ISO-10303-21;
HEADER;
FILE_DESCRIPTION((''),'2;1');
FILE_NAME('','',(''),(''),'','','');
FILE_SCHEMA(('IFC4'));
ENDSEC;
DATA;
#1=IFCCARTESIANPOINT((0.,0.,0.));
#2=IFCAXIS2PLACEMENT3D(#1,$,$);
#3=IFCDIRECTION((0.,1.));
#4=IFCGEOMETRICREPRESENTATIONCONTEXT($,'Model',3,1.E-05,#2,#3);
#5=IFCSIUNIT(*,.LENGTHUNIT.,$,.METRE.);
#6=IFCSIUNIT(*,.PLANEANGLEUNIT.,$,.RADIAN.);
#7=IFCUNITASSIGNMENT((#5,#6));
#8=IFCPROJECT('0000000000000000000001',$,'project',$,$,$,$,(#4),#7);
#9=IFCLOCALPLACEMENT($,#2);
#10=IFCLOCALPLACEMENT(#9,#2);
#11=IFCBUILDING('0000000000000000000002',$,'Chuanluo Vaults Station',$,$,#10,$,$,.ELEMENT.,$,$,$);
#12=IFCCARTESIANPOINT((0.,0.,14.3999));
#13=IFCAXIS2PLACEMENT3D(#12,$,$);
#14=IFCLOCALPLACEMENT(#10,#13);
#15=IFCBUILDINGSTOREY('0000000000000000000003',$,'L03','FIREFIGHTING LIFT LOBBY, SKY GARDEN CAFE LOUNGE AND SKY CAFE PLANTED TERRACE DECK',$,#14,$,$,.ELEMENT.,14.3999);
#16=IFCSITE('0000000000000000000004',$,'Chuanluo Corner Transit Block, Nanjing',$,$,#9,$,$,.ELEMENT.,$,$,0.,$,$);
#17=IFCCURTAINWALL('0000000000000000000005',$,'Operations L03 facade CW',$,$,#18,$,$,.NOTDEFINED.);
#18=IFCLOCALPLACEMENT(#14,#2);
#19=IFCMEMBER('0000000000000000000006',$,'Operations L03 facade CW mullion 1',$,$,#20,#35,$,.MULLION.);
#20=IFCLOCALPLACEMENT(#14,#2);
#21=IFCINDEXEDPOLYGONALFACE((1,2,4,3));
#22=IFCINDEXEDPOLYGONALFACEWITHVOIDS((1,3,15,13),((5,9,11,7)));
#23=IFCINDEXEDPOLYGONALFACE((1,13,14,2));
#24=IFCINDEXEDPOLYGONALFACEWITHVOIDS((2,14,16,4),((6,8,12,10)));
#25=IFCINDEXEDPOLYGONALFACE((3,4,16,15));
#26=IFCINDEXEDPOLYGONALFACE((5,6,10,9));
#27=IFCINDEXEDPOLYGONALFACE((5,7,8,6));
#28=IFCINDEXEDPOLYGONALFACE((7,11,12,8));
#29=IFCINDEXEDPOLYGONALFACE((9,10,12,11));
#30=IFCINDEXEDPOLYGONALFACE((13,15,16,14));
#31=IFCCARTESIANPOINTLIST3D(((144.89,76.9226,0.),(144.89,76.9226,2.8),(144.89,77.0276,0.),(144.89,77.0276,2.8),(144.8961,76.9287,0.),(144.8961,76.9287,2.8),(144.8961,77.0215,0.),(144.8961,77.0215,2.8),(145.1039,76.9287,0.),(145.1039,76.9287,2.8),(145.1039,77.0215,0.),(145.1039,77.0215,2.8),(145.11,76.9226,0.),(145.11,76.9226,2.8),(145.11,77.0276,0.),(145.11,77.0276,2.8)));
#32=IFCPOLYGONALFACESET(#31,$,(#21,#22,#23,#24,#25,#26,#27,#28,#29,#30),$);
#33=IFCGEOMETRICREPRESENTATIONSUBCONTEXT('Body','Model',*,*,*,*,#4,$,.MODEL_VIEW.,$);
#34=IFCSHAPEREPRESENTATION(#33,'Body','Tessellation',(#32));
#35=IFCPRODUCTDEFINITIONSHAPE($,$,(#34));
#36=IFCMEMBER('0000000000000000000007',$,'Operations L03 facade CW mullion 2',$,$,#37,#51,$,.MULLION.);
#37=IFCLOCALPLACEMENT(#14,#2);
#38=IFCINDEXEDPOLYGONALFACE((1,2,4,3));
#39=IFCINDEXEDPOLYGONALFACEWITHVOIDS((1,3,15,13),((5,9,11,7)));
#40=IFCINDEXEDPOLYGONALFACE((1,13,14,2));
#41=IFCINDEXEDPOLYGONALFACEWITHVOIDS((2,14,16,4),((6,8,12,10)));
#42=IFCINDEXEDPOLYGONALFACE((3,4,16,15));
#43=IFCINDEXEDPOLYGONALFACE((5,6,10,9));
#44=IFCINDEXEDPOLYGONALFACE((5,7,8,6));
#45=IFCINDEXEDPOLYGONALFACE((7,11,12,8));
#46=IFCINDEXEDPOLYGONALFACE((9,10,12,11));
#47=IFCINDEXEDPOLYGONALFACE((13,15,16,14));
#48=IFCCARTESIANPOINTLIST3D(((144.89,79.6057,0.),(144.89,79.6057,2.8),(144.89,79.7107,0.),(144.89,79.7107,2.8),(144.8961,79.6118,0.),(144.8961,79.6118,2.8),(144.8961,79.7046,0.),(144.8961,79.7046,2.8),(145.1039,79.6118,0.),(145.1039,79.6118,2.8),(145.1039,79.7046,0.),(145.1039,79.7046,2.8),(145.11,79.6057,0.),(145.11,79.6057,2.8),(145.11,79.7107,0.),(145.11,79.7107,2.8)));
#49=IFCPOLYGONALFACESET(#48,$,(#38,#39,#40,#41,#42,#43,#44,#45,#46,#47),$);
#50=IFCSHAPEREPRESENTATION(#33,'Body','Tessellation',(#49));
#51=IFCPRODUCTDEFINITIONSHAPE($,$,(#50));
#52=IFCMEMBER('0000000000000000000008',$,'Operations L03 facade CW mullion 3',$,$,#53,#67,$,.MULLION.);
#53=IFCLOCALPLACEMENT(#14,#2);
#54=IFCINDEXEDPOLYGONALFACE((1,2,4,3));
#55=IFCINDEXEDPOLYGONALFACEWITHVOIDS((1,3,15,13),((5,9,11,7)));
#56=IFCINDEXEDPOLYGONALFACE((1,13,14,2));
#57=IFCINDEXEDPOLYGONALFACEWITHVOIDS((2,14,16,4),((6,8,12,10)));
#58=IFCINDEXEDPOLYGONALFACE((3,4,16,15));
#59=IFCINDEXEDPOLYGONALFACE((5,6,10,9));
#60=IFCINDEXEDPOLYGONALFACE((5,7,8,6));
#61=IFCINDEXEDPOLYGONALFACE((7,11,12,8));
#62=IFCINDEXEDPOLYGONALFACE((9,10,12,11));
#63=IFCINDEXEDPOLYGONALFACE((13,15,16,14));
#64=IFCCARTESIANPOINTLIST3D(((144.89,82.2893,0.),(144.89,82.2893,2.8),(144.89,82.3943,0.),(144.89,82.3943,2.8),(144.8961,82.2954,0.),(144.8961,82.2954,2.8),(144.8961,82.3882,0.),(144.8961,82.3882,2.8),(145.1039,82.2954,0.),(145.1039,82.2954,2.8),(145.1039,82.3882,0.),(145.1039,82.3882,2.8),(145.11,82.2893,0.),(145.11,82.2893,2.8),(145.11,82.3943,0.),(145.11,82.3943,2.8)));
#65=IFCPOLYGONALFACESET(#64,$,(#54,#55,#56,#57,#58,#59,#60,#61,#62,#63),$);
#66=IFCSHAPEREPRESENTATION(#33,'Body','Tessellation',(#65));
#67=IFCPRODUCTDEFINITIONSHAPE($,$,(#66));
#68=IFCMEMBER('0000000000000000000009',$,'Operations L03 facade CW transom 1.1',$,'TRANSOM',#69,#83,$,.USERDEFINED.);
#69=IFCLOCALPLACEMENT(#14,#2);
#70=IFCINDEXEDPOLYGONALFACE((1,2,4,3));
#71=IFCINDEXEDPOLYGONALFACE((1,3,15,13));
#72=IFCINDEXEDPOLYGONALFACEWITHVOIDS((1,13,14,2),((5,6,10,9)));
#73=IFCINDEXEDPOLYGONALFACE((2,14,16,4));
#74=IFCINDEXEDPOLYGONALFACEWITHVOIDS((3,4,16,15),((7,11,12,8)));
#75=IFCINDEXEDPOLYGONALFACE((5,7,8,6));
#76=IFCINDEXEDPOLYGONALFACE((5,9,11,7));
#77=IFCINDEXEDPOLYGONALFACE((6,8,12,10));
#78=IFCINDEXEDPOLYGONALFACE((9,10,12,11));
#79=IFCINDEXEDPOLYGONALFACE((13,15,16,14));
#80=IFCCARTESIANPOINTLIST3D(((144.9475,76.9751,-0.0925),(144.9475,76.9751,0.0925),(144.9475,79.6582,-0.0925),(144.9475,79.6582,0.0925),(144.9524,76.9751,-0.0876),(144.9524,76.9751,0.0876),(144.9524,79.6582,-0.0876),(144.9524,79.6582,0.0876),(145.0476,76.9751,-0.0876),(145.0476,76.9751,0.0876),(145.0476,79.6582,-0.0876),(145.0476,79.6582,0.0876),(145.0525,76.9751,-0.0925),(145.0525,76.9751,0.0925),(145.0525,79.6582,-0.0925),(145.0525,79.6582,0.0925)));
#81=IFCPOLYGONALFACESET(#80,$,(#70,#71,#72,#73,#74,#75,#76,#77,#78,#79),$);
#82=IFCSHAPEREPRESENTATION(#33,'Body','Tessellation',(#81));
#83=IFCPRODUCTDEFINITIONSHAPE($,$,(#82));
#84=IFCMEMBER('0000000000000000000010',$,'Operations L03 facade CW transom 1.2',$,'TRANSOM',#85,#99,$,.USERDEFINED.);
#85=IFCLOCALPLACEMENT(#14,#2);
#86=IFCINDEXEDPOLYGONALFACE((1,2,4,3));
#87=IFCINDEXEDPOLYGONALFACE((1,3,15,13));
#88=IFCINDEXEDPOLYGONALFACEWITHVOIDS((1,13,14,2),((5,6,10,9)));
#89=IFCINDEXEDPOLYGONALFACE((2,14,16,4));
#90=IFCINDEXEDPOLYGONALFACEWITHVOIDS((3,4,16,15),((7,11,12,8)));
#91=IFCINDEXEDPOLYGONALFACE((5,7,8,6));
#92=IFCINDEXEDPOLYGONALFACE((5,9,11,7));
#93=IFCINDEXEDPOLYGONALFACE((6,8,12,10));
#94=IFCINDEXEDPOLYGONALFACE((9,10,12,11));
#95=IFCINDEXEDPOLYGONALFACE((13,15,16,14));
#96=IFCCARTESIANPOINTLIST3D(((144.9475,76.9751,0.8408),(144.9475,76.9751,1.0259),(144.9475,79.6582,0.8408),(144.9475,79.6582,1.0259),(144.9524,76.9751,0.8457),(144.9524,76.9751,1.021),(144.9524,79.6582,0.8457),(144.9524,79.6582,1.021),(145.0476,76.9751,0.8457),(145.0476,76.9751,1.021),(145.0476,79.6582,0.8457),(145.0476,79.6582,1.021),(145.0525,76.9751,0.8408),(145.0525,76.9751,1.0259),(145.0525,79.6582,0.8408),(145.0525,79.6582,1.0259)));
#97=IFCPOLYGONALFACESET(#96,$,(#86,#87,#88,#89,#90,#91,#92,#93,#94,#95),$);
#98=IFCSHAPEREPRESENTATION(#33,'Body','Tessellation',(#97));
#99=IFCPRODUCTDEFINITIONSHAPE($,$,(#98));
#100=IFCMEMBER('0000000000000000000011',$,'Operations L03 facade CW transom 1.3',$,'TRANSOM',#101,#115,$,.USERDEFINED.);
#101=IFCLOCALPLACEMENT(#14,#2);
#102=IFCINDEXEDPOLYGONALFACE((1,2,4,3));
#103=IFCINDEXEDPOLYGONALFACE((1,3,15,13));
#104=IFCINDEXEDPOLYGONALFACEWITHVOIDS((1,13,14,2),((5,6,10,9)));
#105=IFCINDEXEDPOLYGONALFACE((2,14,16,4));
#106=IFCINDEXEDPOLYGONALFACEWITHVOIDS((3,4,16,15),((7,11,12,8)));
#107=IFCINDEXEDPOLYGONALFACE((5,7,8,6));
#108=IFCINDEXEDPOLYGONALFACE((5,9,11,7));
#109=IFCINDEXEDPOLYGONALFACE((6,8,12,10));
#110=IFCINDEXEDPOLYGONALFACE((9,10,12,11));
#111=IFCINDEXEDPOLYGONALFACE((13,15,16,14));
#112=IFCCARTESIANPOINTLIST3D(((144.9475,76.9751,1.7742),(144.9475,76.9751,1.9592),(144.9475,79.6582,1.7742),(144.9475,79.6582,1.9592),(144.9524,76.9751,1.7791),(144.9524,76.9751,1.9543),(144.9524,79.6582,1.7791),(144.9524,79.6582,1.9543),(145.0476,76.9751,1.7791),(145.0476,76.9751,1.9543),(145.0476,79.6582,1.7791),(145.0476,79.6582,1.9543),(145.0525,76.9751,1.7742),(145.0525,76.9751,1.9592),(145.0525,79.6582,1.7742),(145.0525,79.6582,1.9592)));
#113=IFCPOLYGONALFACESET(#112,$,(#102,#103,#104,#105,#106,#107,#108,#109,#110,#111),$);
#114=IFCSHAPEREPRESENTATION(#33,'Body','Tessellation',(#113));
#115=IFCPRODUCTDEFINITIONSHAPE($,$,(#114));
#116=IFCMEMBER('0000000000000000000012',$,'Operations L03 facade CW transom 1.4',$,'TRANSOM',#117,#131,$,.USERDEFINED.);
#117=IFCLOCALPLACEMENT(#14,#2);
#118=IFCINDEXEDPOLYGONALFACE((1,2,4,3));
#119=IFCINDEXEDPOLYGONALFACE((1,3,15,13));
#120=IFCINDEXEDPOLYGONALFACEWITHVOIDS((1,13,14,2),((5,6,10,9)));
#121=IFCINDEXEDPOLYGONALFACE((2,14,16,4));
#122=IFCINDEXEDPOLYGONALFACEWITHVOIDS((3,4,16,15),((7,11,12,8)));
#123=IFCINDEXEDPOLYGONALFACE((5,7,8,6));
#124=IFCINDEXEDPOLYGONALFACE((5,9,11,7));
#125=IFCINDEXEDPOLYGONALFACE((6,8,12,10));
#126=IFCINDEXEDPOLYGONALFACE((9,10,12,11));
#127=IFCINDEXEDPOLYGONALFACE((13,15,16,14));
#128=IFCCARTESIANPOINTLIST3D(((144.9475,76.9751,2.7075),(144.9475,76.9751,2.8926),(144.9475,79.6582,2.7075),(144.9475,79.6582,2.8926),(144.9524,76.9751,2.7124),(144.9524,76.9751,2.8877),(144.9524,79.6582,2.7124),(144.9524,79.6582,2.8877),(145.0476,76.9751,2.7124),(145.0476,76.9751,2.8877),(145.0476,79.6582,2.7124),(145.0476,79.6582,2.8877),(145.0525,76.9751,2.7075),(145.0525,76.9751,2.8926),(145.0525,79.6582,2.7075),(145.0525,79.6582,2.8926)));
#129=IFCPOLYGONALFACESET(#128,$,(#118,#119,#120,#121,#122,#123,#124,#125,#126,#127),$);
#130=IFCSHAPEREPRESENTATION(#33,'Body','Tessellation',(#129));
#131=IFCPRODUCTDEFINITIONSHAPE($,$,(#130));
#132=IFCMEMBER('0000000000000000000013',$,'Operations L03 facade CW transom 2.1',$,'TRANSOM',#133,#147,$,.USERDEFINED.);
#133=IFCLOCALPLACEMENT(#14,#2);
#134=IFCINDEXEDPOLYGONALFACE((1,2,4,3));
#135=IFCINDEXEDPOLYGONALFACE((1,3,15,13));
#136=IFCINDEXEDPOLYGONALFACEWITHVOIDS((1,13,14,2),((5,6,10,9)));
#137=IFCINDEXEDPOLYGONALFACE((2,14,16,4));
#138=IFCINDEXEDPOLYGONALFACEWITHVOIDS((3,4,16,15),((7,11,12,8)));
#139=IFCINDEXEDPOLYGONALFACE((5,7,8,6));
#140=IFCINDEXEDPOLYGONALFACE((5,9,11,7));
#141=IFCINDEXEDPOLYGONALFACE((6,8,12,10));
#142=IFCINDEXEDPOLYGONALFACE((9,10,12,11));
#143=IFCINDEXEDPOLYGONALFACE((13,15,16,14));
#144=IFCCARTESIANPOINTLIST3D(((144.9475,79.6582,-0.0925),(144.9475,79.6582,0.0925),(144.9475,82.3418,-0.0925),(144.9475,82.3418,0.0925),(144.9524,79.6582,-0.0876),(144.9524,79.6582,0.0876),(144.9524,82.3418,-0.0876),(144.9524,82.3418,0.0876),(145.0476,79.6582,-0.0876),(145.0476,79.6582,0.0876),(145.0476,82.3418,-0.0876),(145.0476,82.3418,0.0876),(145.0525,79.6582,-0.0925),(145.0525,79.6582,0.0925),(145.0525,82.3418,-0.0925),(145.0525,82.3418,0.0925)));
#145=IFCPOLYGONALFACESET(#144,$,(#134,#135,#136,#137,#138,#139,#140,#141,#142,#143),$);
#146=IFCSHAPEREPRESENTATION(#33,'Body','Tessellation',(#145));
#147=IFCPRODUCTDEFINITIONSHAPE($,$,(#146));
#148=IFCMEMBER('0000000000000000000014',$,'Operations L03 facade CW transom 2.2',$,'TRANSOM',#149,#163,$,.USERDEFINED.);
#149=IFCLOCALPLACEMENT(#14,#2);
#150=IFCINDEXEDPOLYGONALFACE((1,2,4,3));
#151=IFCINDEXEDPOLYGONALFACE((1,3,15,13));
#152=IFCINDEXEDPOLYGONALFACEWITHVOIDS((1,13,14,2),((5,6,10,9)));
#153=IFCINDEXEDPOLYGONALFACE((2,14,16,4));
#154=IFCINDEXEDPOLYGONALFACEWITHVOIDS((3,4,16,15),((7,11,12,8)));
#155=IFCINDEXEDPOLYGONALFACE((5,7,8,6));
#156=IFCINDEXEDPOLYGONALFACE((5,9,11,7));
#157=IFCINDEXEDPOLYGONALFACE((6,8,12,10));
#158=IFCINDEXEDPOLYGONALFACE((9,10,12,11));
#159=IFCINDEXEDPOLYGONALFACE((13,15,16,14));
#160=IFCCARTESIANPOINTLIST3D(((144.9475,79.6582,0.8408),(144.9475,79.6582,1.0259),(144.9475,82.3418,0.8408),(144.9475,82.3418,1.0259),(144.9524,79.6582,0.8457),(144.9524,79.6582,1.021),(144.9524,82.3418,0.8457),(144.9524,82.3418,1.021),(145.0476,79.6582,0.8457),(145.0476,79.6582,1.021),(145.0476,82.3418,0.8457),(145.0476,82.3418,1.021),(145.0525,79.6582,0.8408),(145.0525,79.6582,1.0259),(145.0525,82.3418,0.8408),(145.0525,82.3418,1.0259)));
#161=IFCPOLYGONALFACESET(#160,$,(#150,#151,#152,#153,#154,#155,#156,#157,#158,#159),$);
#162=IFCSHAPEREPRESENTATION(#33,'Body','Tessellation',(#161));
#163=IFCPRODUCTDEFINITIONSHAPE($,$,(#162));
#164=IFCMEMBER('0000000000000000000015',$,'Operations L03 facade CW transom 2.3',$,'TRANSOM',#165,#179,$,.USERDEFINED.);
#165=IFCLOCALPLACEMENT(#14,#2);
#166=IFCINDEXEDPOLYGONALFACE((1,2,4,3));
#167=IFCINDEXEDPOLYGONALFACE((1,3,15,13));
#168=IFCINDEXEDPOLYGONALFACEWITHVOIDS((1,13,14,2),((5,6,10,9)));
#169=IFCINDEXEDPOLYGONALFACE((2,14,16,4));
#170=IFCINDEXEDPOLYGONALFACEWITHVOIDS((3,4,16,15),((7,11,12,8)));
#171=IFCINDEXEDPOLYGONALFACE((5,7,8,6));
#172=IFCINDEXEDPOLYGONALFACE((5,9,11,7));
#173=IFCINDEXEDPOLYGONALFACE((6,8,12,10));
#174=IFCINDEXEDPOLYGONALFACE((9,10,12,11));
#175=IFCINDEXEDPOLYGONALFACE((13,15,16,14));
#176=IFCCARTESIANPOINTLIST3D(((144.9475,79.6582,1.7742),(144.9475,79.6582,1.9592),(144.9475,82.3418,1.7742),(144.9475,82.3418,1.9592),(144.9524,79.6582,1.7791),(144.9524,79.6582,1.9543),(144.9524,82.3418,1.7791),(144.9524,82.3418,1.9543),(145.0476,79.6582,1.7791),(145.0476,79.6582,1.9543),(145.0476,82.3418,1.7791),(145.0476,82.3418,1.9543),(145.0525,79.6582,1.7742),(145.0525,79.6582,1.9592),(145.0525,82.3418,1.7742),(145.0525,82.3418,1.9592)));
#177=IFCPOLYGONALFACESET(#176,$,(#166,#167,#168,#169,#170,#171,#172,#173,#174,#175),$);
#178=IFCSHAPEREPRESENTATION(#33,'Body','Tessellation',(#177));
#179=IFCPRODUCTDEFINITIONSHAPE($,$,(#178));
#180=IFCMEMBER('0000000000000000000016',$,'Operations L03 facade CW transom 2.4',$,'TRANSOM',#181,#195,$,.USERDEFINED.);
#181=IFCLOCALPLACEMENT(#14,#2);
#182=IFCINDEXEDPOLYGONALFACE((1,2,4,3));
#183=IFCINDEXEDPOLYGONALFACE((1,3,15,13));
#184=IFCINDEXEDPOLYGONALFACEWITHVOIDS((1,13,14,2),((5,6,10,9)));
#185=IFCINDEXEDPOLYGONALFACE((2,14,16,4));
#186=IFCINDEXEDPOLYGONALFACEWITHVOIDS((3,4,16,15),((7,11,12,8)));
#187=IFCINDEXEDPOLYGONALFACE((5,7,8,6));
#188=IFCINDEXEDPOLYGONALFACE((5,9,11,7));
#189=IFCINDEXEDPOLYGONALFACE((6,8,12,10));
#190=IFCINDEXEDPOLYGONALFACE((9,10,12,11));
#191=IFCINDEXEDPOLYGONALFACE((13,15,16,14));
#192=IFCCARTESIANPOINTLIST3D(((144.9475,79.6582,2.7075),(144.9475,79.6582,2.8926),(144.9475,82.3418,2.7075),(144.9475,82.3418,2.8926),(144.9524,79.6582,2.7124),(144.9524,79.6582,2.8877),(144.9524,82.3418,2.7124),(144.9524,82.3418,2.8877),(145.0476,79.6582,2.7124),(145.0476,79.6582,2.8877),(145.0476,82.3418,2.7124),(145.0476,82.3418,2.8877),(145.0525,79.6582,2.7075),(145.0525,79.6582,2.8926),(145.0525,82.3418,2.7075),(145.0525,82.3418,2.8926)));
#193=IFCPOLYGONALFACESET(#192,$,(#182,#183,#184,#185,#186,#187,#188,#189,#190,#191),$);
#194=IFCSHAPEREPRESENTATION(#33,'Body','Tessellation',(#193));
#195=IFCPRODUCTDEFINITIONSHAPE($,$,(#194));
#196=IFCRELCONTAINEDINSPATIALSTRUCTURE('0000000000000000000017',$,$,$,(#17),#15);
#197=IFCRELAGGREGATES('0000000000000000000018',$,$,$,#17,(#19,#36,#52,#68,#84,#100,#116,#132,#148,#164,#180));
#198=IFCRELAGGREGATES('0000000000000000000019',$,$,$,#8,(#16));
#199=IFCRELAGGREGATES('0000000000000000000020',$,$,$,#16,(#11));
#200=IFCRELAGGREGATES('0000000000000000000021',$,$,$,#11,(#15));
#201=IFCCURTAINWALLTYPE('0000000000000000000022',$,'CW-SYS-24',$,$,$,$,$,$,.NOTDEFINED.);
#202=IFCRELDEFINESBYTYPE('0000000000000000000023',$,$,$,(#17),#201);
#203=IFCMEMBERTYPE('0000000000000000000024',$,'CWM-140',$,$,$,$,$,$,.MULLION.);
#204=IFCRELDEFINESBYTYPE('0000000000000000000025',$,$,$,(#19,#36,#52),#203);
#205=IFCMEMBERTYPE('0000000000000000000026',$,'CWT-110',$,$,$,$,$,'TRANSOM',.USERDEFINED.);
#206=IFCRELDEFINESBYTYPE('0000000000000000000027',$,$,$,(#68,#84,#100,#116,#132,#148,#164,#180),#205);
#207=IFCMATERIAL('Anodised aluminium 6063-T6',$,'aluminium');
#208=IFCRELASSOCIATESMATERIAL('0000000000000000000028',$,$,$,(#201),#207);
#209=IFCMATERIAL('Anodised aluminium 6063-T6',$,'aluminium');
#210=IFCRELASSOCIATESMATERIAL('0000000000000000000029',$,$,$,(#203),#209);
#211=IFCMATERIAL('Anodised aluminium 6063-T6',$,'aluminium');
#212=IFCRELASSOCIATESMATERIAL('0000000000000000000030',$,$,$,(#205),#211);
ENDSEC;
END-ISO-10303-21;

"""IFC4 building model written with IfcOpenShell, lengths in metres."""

from ifc_helpers import new_model, si_unit, direction, frame, origin, origin_2d, place, context, subcontext, project, spatial, hollow_rectangle, extrude, material, material_profile, profile_set, type_object, element, aggregate, save


model = new_model("IFC4")

# Units and contexts
model_context = context("Model", 3, precision=1e-05, world=origin(), true_north=direction((0.0, 1.0)))
body_context = subcontext(model_context, "Body", "Model", "MODEL_VIEW")
ifc_project = project(units=[si_unit("LENGTHUNIT", "METRE"), si_unit("PLANEANGLEUNIT", "RADIAN")], contexts=[model_context])

# Site, building, storey
site_placement = place(None, origin())
site = spatial("IfcSite", under=ifc_project, at=site_placement, Name="Chuanluo Corner Transit Block, Nanjing", CompositionType="ELEMENT", RefElevation=0.0)
building_placement = place(site_placement, origin())
building = spatial("IfcBuilding", under=site, at=building_placement, Name="Chuanluo Vaults Station", CompositionType="ELEMENT")
storey_placement = place(building_placement, frame((0.0, 0.0, 14.3999)))
storey = spatial("IfcBuildingStorey", under=building, at=storey_placement, Name="L03", Description="FIREFIGHTING LIFT LOBBY, SKY GARDEN CAFE LOUNGE AND SKY CAFE PLANTED TERRACE DECK", CompositionType="ELEMENT", Elevation=14.3999)

# Curtain wall, members
ifc_material_1 = material(Name="Anodised aluminium 6063-T6", Category="aluminium")
curtain_wall_type = type_object("IfcCurtainWallType", Name="CW-SYS-24", PredefinedType="NOTDEFINED", material=ifc_material_1)
curtain_wall_placement = place(storey_placement, origin())
curtain_wall = element("IfcCurtainWall", 1, at=curtain_wall_placement, inside=storey, type_object=curtain_wall_type, Name="Operations L03 facade CW", PredefinedType="NOTDEFINED")
ifc_material_2 = material(Name="Anodised aluminium 6063-T6", Category="aluminium")
ifc_material_profile_1 = material_profile(ifc_material_2, hollow_rectangle(XDim=0.105, YDim=0.22, WallThickness=0.0061, at=origin_2d()))
ifc_profile_set_1 = profile_set([ifc_material_profile_1], Name="Anodised aluminium 6063-T6")
member_type_1 = type_object("IfcMemberType", Name="CWM-140", PredefinedType="MULLION", material=ifc_profile_set_1)
member_1_placement = place(storey_placement, frame((145.0, 76.9751, 0.0), z_axis=(0.0, 0.0, 1.0), x_axis=(0.0, 1.0, 0.0)))
member_1 = element("IfcMember", 2, at=member_1_placement, type_object=member_type_1, Name="Operations L03 facade CW mullion 1", PredefinedType="MULLION", context=body_context, shape_type="SweptSolid", body=[
    extrude(hollow_rectangle(XDim=0.105, YDim=0.22, WallThickness=0.0061, at=origin_2d()), origin(), (0.0, 0.0, 1.0), 2.8),
])
member_2_placement = place(storey_placement, frame((145.0, 79.6582, 0.0), z_axis=(0.0, 0.0, 1.0), x_axis=(0.0, 1.0, 0.0)))
member_2 = element("IfcMember", 3, at=member_2_placement, type_object=member_type_1, Name="Operations L03 facade CW mullion 2", PredefinedType="MULLION", context=body_context, shape_type="SweptSolid", body=[
    extrude(hollow_rectangle(XDim=0.105, YDim=0.22, WallThickness=0.0061, at=origin_2d()), origin(), (0.0, 0.0, 1.0), 2.8),
])
member_3_placement = place(storey_placement, frame((145.0, 82.3418, 0.0), z_axis=(0.0, 0.0, 1.0), x_axis=(0.0, 1.0, 0.0)))
member_3 = element("IfcMember", 4, at=member_3_placement, type_object=member_type_1, Name="Operations L03 facade CW mullion 3", PredefinedType="MULLION", context=body_context, shape_type="SweptSolid", body=[
    extrude(hollow_rectangle(XDim=0.105, YDim=0.22, WallThickness=0.0061, at=origin_2d()), origin(), (0.0, 0.0, 1.0), 2.8),
])
ifc_material_3 = material(Name="Anodised aluminium 6063-T6", Category="aluminium")
ifc_material_profile_2 = material_profile(ifc_material_3, hollow_rectangle(XDim=0.105, YDim=0.1851, WallThickness=0.0049, at=origin_2d()))
ifc_profile_set_2 = profile_set([ifc_material_profile_2], Name="Anodised aluminium 6063-T6")
member_type_2 = type_object("IfcMemberType", Name="CWT-110", ElementType="TRANSOM", PredefinedType="USERDEFINED", material=ifc_profile_set_2)
member_4_placement = place(storey_placement, frame((145.0, 76.9751, 0.0), z_axis=(0.0, 1.0, 0.0), x_axis=(-1.0, 0.0, 0.0)))
member_4 = element("IfcMember", 5, at=member_4_placement, type_object=member_type_2, Name="Operations L03 facade CW transom 1.1", ObjectType="TRANSOM", PredefinedType="USERDEFINED", context=body_context, shape_type="SweptSolid", body=[
    extrude(hollow_rectangle(XDim=0.105, YDim=0.1851, WallThickness=0.0049, at=origin_2d()), origin(), (0.0, 0.0, 1.0), 2.6831),
])
member_5_placement = place(storey_placement, frame((145.0, 76.9751, 0.9333), z_axis=(0.0, 1.0, 0.0), x_axis=(-1.0, 0.0, 0.0)))
member_5 = element("IfcMember", 6, at=member_5_placement, type_object=member_type_2, Name="Operations L03 facade CW transom 1.2", ObjectType="TRANSOM", PredefinedType="USERDEFINED", context=body_context, shape_type="SweptSolid", body=[
    extrude(hollow_rectangle(XDim=0.105, YDim=0.1851, WallThickness=0.0049, at=origin_2d()), origin(), (0.0, 0.0, 1.0), 2.6831),
])
member_6_placement = place(storey_placement, frame((145.0, 76.9751, 1.8667), z_axis=(0.0, 1.0, 0.0), x_axis=(-1.0, 0.0, 0.0)))
member_6 = element("IfcMember", 7, at=member_6_placement, type_object=member_type_2, Name="Operations L03 facade CW transom 1.3", ObjectType="TRANSOM", PredefinedType="USERDEFINED", context=body_context, shape_type="SweptSolid", body=[
    extrude(hollow_rectangle(XDim=0.105, YDim=0.1851, WallThickness=0.0049, at=origin_2d()), origin(), (0.0, 0.0, 1.0), 2.6831),
])
member_7_placement = place(storey_placement, frame((145.0, 76.9751, 2.8), z_axis=(0.0, 1.0, 0.0), x_axis=(-1.0, 0.0, 0.0)))
member_7 = element("IfcMember", 8, at=member_7_placement, type_object=member_type_2, Name="Operations L03 facade CW transom 1.4", ObjectType="TRANSOM", PredefinedType="USERDEFINED", context=body_context, shape_type="SweptSolid", body=[
    extrude(hollow_rectangle(XDim=0.105, YDim=0.1851, WallThickness=0.0049, at=origin_2d()), origin(), (0.0, 0.0, 1.0), 2.6831),
])
member_8_placement = place(storey_placement, frame((145.0, 79.6582, 0.0), z_axis=(0.0, 1.0, 0.0), x_axis=(-1.0, 0.0, 0.0)))
member_8 = element("IfcMember", 9, at=member_8_placement, type_object=member_type_2, Name="Operations L03 facade CW transom 2.1", ObjectType="TRANSOM", PredefinedType="USERDEFINED", context=body_context, shape_type="SweptSolid", body=[
    extrude(hollow_rectangle(XDim=0.105, YDim=0.1851, WallThickness=0.0049, at=origin_2d()), origin(), (0.0, 0.0, 1.0), 2.6836),
])
member_9_placement = place(storey_placement, frame((145.0, 79.6582, 0.9333), z_axis=(0.0, 1.0, 0.0), x_axis=(-1.0, 0.0, 0.0)))
member_9 = element("IfcMember", 10, at=member_9_placement, type_object=member_type_2, Name="Operations L03 facade CW transom 2.2", ObjectType="TRANSOM", PredefinedType="USERDEFINED", context=body_context, shape_type="SweptSolid", body=[
    extrude(hollow_rectangle(XDim=0.105, YDim=0.1851, WallThickness=0.0049, at=origin_2d()), origin(), (0.0, 0.0, 1.0), 2.6836),
])
member_10_placement = place(storey_placement, frame((145.0, 79.6582, 1.8667), z_axis=(0.0, 1.0, 0.0), x_axis=(-1.0, 0.0, 0.0)))
member_10 = element("IfcMember", 11, at=member_10_placement, type_object=member_type_2, Name="Operations L03 facade CW transom 2.3", ObjectType="TRANSOM", PredefinedType="USERDEFINED", context=body_context, shape_type="SweptSolid", body=[
    extrude(hollow_rectangle(XDim=0.105, YDim=0.1851, WallThickness=0.0049, at=origin_2d()), origin(), (0.0, 0.0, 1.0), 2.6836),
])
member_11_placement = place(storey_placement, frame((145.0, 79.6582, 2.8), z_axis=(0.0, 1.0, 0.0), x_axis=(-1.0, 0.0, 0.0)))
member_11 = element("IfcMember", 12, at=member_11_placement, type_object=member_type_2, Name="Operations L03 facade CW transom 2.4", ObjectType="TRANSOM", PredefinedType="USERDEFINED", context=body_context, shape_type="SweptSolid", body=[
    extrude(hollow_rectangle(XDim=0.105, YDim=0.1851, WallThickness=0.0049, at=origin_2d()), origin(), (0.0, 0.0, 1.0), 2.6836),
])
aggregate(curtain_wall, [member_1, member_2, member_3, member_4, member_5, member_6, member_7, member_8, member_9, member_10, member_11])

save(model, "model.ifc")
